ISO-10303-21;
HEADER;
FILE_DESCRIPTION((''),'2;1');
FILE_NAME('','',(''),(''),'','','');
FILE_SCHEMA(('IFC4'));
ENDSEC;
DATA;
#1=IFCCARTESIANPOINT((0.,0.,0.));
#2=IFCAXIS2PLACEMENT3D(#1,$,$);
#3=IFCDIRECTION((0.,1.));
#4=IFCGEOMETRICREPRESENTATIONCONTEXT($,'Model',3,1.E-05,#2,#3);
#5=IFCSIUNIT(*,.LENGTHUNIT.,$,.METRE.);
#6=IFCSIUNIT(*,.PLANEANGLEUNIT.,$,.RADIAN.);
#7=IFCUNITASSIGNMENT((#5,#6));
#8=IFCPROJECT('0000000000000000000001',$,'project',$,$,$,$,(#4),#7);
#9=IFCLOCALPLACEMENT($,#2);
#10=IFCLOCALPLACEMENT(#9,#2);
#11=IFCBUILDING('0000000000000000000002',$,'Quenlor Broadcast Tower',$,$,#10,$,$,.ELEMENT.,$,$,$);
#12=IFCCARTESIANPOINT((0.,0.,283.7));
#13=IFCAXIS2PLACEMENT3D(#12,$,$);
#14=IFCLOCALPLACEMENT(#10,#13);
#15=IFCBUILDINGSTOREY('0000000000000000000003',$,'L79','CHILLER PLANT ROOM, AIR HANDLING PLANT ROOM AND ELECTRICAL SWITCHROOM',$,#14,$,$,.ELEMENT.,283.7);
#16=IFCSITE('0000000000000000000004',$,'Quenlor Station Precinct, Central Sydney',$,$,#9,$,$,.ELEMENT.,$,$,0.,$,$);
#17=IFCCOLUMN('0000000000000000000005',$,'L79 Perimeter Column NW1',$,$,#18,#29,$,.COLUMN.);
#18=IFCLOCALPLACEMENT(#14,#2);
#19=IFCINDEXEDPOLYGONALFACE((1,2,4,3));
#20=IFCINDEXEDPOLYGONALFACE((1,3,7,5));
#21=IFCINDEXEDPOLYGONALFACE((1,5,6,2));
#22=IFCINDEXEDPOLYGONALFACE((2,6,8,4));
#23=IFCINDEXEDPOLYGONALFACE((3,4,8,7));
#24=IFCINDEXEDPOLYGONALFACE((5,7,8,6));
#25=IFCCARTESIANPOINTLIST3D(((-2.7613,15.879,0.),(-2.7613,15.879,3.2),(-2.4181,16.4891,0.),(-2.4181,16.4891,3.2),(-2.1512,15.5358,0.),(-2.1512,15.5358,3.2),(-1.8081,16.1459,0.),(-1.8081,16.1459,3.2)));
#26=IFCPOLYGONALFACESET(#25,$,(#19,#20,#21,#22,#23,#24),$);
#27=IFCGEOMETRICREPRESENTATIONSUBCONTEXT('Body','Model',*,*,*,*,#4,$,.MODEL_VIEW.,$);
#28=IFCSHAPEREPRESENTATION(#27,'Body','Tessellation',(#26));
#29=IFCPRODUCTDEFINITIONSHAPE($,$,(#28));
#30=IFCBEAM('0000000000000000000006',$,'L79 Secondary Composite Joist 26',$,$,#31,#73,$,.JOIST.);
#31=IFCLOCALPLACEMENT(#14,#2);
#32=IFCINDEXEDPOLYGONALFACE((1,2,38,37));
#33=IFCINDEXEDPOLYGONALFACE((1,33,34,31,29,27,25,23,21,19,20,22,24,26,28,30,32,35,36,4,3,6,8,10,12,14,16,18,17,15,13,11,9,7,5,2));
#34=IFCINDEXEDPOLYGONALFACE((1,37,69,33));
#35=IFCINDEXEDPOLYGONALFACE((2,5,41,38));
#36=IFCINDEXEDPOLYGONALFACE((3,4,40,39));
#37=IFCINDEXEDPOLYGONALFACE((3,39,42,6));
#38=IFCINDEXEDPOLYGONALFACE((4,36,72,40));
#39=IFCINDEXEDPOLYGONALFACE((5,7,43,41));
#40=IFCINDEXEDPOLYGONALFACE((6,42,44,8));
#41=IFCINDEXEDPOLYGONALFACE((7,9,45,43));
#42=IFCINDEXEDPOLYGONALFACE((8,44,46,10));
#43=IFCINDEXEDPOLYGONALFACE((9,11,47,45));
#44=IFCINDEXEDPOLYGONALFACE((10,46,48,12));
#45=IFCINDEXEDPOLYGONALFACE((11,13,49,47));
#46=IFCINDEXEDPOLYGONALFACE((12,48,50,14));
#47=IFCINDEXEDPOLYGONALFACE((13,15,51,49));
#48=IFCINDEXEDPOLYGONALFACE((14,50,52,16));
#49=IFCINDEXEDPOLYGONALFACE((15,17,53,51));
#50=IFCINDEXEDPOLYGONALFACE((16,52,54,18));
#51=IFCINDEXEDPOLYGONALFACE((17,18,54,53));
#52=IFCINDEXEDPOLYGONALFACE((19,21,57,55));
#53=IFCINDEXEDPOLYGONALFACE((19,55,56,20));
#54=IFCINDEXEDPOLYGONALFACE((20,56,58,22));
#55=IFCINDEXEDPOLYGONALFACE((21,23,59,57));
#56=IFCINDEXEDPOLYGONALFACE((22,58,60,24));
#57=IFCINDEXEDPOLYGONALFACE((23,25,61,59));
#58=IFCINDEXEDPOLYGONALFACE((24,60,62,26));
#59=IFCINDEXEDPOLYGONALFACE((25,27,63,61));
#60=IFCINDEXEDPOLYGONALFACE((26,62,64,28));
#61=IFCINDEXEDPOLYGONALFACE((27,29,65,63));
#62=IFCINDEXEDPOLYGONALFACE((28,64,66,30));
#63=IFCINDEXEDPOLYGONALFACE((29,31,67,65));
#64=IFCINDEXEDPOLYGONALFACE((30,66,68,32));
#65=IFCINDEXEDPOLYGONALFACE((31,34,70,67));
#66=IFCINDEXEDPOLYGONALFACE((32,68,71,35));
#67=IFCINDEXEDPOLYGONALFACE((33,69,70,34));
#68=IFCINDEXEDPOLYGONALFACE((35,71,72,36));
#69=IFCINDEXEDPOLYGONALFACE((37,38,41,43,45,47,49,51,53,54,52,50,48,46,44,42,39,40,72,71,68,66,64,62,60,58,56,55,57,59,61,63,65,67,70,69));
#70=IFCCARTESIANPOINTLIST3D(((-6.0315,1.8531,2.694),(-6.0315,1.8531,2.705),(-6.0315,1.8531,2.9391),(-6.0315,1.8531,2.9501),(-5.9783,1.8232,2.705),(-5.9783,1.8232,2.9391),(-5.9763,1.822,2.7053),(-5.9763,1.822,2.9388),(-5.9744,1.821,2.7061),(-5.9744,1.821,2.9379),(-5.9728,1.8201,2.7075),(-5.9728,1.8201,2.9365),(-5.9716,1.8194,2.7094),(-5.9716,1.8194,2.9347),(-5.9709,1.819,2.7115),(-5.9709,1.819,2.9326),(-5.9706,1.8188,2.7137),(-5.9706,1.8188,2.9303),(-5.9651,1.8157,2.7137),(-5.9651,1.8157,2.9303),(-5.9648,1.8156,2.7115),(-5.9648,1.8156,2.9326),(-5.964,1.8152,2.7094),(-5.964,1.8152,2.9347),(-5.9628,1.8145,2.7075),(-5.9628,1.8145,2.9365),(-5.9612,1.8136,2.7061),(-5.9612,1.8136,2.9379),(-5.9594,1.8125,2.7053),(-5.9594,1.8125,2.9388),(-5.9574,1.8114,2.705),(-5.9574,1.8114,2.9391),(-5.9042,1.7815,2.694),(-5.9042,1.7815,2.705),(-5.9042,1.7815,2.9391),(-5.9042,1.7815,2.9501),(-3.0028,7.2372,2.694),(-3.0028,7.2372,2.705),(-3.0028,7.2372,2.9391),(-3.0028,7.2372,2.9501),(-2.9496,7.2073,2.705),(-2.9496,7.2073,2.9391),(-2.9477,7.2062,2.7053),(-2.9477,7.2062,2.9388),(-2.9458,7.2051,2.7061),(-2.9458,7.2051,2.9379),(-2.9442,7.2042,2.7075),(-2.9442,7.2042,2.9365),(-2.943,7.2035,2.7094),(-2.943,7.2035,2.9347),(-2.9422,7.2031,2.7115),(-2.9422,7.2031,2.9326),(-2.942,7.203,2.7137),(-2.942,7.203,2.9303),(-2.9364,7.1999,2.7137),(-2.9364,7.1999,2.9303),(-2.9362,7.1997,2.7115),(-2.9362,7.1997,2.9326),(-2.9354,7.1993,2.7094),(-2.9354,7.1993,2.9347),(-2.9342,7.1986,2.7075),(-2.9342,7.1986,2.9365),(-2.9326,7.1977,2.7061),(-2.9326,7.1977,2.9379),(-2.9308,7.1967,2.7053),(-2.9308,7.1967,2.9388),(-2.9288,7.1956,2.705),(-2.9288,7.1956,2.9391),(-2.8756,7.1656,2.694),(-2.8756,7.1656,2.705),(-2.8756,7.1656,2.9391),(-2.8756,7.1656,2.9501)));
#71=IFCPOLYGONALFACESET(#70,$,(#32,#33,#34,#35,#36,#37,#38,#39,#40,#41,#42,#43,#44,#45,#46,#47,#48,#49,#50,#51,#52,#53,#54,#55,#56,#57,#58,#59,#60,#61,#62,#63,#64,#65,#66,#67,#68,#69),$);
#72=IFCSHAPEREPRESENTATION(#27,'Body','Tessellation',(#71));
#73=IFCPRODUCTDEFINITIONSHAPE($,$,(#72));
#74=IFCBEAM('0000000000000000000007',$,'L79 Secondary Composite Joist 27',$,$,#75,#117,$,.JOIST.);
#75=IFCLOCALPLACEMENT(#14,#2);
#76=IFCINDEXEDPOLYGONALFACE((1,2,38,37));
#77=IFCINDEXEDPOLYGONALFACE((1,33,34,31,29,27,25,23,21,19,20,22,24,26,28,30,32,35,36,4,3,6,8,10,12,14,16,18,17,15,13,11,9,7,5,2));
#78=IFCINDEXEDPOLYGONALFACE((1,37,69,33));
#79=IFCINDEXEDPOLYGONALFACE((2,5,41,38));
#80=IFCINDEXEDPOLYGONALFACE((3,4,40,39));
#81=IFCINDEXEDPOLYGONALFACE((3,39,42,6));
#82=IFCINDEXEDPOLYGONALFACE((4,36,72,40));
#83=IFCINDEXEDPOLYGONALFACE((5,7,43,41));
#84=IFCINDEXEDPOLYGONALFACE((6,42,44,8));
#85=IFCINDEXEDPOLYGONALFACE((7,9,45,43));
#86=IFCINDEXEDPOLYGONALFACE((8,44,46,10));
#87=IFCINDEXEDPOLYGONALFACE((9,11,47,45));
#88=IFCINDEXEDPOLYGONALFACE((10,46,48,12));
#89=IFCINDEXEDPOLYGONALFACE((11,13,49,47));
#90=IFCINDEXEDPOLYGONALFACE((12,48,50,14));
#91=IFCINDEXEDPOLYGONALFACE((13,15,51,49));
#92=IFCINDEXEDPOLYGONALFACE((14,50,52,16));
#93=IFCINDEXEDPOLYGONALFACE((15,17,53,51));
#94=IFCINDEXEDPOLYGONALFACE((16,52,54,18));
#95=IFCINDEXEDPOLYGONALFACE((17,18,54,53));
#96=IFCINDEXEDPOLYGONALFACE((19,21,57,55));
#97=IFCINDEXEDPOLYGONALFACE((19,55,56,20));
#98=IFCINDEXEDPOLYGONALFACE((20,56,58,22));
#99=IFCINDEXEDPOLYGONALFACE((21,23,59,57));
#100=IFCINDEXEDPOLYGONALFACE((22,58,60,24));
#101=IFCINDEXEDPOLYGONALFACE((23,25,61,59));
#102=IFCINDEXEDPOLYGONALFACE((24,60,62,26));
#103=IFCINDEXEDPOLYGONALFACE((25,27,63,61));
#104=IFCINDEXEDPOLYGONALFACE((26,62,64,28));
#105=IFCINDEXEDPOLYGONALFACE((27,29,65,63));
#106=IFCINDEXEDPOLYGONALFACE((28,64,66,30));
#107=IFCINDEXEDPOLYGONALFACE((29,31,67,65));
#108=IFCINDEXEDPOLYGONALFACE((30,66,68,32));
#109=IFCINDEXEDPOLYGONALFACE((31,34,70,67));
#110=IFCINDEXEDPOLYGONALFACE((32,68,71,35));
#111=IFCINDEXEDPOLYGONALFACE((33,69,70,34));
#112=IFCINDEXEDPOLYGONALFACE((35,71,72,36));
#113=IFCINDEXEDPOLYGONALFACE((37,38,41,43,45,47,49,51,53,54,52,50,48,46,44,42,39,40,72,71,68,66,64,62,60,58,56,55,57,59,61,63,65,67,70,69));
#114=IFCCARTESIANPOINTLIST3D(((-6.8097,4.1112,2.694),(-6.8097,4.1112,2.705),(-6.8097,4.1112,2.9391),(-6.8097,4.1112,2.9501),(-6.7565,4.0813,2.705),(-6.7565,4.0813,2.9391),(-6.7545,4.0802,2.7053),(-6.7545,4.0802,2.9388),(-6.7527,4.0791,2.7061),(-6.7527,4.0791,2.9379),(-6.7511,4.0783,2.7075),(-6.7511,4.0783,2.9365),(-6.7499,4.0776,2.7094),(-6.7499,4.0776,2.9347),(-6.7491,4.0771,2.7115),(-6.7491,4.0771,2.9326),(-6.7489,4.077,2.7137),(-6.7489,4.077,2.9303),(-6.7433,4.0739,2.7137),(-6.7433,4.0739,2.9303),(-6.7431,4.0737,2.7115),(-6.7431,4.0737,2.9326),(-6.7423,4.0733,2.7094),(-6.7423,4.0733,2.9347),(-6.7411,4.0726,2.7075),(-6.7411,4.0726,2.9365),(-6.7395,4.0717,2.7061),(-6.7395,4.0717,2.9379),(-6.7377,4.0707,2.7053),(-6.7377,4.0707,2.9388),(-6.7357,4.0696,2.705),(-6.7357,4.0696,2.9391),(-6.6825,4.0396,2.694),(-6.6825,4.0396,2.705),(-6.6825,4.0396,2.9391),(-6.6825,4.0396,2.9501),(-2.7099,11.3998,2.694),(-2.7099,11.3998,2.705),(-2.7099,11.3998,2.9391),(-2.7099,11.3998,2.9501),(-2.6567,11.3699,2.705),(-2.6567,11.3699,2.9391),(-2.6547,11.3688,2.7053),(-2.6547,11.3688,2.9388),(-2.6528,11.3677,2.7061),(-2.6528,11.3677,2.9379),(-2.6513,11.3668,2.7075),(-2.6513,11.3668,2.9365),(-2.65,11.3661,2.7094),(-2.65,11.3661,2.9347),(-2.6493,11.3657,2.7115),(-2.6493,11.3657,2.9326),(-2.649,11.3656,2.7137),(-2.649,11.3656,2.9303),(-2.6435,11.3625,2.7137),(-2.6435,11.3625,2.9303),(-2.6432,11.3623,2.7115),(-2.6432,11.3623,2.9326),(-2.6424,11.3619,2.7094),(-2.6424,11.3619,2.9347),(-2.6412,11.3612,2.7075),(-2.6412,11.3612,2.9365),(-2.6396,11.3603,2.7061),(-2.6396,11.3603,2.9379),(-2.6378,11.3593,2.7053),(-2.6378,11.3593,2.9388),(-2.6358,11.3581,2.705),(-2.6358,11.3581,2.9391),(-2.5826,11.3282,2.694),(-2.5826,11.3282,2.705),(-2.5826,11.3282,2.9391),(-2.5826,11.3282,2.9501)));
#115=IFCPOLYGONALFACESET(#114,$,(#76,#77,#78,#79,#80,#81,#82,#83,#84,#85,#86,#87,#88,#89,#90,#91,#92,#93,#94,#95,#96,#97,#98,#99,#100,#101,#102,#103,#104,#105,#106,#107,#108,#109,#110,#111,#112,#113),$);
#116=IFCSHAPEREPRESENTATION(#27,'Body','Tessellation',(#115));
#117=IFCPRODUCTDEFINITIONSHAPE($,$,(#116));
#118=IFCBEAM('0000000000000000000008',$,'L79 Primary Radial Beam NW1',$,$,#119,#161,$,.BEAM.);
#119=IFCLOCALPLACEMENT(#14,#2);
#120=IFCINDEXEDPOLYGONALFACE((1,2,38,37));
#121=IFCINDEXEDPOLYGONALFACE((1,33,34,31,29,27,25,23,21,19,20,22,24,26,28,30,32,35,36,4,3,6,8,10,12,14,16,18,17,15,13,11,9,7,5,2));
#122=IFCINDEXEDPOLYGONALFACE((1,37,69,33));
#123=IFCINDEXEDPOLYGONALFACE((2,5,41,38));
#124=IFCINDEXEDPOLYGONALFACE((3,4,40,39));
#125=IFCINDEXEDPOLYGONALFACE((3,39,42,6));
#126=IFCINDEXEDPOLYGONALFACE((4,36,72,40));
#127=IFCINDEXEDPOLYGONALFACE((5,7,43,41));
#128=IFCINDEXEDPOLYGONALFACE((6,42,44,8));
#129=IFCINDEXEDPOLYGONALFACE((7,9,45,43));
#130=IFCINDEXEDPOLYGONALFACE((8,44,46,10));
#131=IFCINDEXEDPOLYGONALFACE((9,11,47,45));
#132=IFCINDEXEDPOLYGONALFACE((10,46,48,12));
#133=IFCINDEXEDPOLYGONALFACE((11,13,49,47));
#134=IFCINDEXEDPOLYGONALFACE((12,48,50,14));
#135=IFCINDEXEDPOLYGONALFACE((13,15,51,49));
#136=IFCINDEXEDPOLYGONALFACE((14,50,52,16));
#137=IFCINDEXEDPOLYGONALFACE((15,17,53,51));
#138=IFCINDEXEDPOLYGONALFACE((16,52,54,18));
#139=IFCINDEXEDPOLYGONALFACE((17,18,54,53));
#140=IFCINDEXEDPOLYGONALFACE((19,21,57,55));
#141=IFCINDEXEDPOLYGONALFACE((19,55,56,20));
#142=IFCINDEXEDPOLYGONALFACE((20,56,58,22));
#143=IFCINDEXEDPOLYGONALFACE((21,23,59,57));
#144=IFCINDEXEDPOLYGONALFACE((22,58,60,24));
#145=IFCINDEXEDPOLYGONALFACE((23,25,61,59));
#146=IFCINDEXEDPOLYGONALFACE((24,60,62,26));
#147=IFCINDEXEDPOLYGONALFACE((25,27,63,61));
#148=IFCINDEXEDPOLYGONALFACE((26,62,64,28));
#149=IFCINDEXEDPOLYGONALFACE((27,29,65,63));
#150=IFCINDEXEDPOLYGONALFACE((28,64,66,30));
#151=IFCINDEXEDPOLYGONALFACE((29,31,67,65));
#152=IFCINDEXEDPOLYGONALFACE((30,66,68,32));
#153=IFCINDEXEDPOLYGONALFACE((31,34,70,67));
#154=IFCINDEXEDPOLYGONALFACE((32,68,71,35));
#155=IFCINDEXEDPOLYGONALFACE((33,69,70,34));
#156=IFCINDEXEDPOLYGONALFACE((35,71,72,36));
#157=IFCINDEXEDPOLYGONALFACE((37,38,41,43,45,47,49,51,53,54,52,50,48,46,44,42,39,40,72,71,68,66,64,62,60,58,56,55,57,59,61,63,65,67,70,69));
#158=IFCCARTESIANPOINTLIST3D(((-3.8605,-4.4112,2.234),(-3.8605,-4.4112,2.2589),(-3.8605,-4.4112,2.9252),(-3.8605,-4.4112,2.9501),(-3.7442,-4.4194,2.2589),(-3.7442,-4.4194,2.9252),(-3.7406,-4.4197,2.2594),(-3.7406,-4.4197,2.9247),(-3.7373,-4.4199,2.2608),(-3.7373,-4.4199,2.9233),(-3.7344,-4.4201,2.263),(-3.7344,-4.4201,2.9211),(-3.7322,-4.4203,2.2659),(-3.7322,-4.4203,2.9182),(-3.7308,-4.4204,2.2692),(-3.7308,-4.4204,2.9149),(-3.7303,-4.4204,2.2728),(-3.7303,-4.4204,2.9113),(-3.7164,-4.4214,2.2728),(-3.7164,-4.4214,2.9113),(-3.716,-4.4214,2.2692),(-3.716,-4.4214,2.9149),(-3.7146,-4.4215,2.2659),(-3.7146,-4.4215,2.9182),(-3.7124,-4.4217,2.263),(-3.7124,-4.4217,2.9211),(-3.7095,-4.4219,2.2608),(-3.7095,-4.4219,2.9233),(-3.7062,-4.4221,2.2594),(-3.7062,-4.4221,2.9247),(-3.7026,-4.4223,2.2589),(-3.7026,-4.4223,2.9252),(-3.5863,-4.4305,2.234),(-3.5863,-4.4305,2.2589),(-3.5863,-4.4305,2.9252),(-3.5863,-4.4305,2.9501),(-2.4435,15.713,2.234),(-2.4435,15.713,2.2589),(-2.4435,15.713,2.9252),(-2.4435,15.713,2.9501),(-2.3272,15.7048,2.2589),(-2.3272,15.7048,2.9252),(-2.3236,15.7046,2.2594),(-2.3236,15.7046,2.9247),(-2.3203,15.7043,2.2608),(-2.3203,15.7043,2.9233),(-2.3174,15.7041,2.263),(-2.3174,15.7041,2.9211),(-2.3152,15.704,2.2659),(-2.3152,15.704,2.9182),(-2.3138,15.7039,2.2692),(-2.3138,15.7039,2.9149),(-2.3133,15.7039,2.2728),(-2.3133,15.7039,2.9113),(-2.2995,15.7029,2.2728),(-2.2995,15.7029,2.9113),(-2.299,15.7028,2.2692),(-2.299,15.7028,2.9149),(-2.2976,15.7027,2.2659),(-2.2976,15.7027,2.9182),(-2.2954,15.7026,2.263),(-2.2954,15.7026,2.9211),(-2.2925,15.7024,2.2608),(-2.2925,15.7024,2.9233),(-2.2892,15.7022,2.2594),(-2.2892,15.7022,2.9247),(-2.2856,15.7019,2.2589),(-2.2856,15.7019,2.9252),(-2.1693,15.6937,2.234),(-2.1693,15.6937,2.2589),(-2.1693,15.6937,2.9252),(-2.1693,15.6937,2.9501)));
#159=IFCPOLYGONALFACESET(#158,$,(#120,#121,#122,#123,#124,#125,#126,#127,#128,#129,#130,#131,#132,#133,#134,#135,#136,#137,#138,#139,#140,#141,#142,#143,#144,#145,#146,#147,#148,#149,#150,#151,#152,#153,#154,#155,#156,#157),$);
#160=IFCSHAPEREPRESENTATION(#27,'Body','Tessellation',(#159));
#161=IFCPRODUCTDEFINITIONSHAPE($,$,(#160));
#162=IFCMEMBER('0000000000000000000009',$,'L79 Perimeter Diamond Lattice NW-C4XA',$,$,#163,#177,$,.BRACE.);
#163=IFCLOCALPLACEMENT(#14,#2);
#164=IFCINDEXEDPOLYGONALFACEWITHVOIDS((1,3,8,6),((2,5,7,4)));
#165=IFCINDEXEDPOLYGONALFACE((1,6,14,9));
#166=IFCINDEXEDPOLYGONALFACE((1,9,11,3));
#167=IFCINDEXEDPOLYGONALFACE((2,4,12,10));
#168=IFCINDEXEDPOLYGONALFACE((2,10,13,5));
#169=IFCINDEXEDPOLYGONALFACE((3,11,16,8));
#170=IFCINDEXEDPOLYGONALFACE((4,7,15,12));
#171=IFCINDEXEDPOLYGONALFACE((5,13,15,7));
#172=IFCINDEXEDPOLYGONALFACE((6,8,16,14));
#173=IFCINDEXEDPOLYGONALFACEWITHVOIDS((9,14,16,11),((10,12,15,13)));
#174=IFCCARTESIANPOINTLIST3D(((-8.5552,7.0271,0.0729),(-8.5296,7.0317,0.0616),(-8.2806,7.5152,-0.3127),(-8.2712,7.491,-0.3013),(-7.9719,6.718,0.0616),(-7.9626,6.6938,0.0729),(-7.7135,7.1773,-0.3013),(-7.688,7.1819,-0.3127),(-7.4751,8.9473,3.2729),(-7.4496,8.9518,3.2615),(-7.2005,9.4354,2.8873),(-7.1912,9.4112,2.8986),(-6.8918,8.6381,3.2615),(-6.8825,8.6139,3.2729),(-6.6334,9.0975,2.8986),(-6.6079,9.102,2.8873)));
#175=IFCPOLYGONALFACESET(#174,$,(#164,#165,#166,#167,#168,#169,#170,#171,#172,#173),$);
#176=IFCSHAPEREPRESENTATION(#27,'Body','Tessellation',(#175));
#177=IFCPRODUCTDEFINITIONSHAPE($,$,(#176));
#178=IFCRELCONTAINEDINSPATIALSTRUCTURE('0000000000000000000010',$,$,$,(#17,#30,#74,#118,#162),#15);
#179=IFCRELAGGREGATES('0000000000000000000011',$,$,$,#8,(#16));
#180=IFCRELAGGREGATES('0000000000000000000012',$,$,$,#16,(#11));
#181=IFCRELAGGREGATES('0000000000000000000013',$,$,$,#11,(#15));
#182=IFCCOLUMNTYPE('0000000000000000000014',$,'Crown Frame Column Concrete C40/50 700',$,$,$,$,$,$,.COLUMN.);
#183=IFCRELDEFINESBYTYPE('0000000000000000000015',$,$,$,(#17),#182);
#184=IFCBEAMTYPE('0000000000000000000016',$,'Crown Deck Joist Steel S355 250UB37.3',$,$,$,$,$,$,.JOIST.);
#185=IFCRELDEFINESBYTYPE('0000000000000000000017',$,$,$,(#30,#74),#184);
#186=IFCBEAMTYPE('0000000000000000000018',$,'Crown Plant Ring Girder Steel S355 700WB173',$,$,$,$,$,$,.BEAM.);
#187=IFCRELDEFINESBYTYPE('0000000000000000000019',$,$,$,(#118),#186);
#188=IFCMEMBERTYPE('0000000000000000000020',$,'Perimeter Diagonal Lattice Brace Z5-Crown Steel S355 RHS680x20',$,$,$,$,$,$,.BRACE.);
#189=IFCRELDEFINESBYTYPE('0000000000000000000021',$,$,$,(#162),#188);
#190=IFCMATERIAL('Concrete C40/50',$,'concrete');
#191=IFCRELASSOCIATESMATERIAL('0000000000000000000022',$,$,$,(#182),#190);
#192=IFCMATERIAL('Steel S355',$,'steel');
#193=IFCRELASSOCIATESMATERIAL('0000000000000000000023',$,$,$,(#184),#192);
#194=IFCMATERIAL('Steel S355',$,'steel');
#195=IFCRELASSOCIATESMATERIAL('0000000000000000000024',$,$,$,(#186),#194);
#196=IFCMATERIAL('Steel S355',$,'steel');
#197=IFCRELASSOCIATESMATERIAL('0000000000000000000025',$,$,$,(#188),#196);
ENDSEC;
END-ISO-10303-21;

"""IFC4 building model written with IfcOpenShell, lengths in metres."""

from ifc_helpers import new_model, si_unit, direction, frame, origin, origin_2d, place, context, subcontext, project, spatial, rectangle, hollow_rectangle, i_section, extrude, material, material_profile, profile_set, type_object, element, save


model = new_model("IFC4")

# Units and contexts
model_context = context("Model", 3, precision=1e-05, world=origin(), true_north=direction((0.0, 1.0)))
body_context = subcontext(model_context, "Body", "Model", "MODEL_VIEW")
ifc_project = project(units=[si_unit("LENGTHUNIT", "METRE"), si_unit("PLANEANGLEUNIT", "RADIAN")], contexts=[model_context])

# Site, building, storey
site_placement = place(None, origin())
site = spatial("IfcSite", under=ifc_project, at=site_placement, Name="Quenlor Station Precinct, Central Sydney", CompositionType="ELEMENT", RefElevation=0.0)
building_placement = place(site_placement, origin())
building = spatial("IfcBuilding", under=site, at=building_placement, Name="Quenlor Broadcast Tower", CompositionType="ELEMENT")
storey_placement = place(building_placement, frame((0.0, 0.0, 283.7)))
storey = spatial("IfcBuildingStorey", under=building, at=storey_placement, Name="L79", Description="CHILLER PLANT ROOM, AIR HANDLING PLANT ROOM AND ELECTRICAL SWITCHROOM", CompositionType="ELEMENT", Elevation=283.7)

# Column
ifc_material_1 = material(Name="Concrete C40/50", Category="concrete")
ifc_material_profile_1 = material_profile(ifc_material_1, rectangle(XDim=0.7, YDim=0.7, at=origin_2d()))
ifc_profile_set_1 = profile_set([ifc_material_profile_1], Name="Concrete C40/50 RC700x700")
column_type = type_object("IfcColumnType", Name="Crown Frame Column Concrete C40/50 700", PredefinedType="COLUMN", material=ifc_profile_set_1)
column_placement = place(storey_placement, frame((-2.2847, 16.0125, 0.0), z_axis=(0.0, 0.0, 1.0), x_axis=(-0.871575, 0.490262, 0.0)))
element("IfcColumn", 1, at=column_placement, inside=storey, type_object=column_type, Name="L79 Perimeter Column NW1", PredefinedType="COLUMN", context=body_context, shape_type="SweptSolid", body=[
    extrude(rectangle(XDim=0.7, YDim=0.7, at=origin_2d()), origin(), (0.0, 0.0, 1.0), 3.2),
])

# Beams
ifc_material_2 = material(Name="Steel S355", Category="steel")
ifc_material_profile_2 = material_profile(ifc_material_2, i_section(OverallWidth=0.146, OverallDepth=0.2561, WebThickness=0.0063, FlangeThickness=0.011, FilletRadius=0.0088, at=origin_2d()))
ifc_profile_set_2 = profile_set([ifc_material_profile_2], Name="Steel S355 250UB37.3")
beam_type_1 = type_object("IfcBeamType", Name="Crown Deck Joist Steel S355 250UB37.3", PredefinedType="JOIST", material=ifc_profile_set_2)
beam_1_placement = place(storey_placement, frame((-2.9392, 7.2014, 2.822), z_axis=(-0.490267, -0.871572, 0.0), x_axis=(0.871572, -0.490267, 0.0)))
element("IfcBeam", 2, at=beam_1_placement, inside=storey, type_object=beam_type_1, Name="L79 Secondary Composite Joist 26", PredefinedType="JOIST", context=body_context, shape_type="SweptSolid", body=[
    extrude(i_section(OverallWidth=0.146, OverallDepth=0.2561, WebThickness=0.0063, FlangeThickness=0.011, FilletRadius=0.0088, at=origin_2d()), origin(), (0.0, 0.0, 1.0), 6.1775),
])
beam_2_placement = place(storey_placement, frame((-2.6462, 11.364, 2.822), z_axis=(-0.490264, -0.871574, 0.0), x_axis=(0.871574, -0.490264, 0.0)))
element("IfcBeam", 3, at=beam_2_placement, inside=storey, type_object=beam_type_1, Name="L79 Secondary Composite Joist 27", PredefinedType="JOIST", context=body_context, shape_type="SweptSolid", body=[
    extrude(i_section(OverallWidth=0.146, OverallDepth=0.2561, WebThickness=0.0063, FlangeThickness=0.011, FilletRadius=0.0088, at=origin_2d()), origin(), (0.0, 0.0, 1.0), 8.3625),
])
ifc_material_3 = material(Name="Steel S355", Category="steel")
ifc_material_profile_3 = material_profile(ifc_material_3, i_section(OverallWidth=0.2749, OverallDepth=0.7161, WebThickness=0.0139, FlangeThickness=0.0249, FilletRadius=0.0139, at=origin_2d()))
ifc_profile_set_3 = profile_set([ifc_material_profile_3], Name="Steel S355 700WB173")
beam_type_2 = type_object("IfcBeamType", Name="Crown Plant Ring Girder Steel S355 700WB173", PredefinedType="BEAM", material=ifc_profile_set_3)
beam_3_placement = place(storey_placement, frame((-2.3064, 15.7034, 2.592), z_axis=(-0.070238, -0.99753, 0.0), x_axis=(0.99753, -0.070238, 0.0)))
element("IfcBeam", 4, at=beam_3_placement, inside=storey, type_object=beam_type_2, Name="L79 Primary Radial Beam NW1", PredefinedType="BEAM", context=body_context, shape_type="SweptSolid", body=[
    extrude(i_section(OverallWidth=0.2749, OverallDepth=0.7161, WebThickness=0.0139, FlangeThickness=0.0249, FilletRadius=0.0139, at=origin_2d()), origin(), (0.0, 0.0, 1.0), 20.1741),
])

# Member
ifc_material_4 = material(Name="Steel S355", Category="steel")
ifc_material_profile_4 = material_profile(ifc_material_4, hollow_rectangle(XDim=0.6799, YDim=0.6799, WallThickness=0.02, at=origin_2d()))
ifc_profile_set_4 = profile_set([ifc_material_profile_4], Name="Steel S355 RHS680x680x20")
member_type = type_object("IfcMemberType", Name="Perimeter Diagonal Lattice Brace Z5-Crown Steel S355 RHS680x20", PredefinedType="BRACE", material=ifc_profile_set_4)
member_1_placement = place(storey_placement, frame((-8.1216, 7.1045, -0.1199), z_axis=(0.278012, 0.49425, 0.823666), x_axis=(-0.871578, 0.490256, 0.0)))
element("IfcMember", 5, at=member_1_placement, inside=storey, type_object=member_type, Name="L79 Perimeter Diamond Lattice NW-C4XA", PredefinedType="BRACE", context=body_context, shape_type="SweptSolid", body=[
    extrude(hollow_rectangle(XDim=0.6799, YDim=0.6799, WallThickness=0.02, at=origin_2d()), origin(), (0.0, 0.0, 1.0), 3.885),
])

save(model, "model.ifc")
